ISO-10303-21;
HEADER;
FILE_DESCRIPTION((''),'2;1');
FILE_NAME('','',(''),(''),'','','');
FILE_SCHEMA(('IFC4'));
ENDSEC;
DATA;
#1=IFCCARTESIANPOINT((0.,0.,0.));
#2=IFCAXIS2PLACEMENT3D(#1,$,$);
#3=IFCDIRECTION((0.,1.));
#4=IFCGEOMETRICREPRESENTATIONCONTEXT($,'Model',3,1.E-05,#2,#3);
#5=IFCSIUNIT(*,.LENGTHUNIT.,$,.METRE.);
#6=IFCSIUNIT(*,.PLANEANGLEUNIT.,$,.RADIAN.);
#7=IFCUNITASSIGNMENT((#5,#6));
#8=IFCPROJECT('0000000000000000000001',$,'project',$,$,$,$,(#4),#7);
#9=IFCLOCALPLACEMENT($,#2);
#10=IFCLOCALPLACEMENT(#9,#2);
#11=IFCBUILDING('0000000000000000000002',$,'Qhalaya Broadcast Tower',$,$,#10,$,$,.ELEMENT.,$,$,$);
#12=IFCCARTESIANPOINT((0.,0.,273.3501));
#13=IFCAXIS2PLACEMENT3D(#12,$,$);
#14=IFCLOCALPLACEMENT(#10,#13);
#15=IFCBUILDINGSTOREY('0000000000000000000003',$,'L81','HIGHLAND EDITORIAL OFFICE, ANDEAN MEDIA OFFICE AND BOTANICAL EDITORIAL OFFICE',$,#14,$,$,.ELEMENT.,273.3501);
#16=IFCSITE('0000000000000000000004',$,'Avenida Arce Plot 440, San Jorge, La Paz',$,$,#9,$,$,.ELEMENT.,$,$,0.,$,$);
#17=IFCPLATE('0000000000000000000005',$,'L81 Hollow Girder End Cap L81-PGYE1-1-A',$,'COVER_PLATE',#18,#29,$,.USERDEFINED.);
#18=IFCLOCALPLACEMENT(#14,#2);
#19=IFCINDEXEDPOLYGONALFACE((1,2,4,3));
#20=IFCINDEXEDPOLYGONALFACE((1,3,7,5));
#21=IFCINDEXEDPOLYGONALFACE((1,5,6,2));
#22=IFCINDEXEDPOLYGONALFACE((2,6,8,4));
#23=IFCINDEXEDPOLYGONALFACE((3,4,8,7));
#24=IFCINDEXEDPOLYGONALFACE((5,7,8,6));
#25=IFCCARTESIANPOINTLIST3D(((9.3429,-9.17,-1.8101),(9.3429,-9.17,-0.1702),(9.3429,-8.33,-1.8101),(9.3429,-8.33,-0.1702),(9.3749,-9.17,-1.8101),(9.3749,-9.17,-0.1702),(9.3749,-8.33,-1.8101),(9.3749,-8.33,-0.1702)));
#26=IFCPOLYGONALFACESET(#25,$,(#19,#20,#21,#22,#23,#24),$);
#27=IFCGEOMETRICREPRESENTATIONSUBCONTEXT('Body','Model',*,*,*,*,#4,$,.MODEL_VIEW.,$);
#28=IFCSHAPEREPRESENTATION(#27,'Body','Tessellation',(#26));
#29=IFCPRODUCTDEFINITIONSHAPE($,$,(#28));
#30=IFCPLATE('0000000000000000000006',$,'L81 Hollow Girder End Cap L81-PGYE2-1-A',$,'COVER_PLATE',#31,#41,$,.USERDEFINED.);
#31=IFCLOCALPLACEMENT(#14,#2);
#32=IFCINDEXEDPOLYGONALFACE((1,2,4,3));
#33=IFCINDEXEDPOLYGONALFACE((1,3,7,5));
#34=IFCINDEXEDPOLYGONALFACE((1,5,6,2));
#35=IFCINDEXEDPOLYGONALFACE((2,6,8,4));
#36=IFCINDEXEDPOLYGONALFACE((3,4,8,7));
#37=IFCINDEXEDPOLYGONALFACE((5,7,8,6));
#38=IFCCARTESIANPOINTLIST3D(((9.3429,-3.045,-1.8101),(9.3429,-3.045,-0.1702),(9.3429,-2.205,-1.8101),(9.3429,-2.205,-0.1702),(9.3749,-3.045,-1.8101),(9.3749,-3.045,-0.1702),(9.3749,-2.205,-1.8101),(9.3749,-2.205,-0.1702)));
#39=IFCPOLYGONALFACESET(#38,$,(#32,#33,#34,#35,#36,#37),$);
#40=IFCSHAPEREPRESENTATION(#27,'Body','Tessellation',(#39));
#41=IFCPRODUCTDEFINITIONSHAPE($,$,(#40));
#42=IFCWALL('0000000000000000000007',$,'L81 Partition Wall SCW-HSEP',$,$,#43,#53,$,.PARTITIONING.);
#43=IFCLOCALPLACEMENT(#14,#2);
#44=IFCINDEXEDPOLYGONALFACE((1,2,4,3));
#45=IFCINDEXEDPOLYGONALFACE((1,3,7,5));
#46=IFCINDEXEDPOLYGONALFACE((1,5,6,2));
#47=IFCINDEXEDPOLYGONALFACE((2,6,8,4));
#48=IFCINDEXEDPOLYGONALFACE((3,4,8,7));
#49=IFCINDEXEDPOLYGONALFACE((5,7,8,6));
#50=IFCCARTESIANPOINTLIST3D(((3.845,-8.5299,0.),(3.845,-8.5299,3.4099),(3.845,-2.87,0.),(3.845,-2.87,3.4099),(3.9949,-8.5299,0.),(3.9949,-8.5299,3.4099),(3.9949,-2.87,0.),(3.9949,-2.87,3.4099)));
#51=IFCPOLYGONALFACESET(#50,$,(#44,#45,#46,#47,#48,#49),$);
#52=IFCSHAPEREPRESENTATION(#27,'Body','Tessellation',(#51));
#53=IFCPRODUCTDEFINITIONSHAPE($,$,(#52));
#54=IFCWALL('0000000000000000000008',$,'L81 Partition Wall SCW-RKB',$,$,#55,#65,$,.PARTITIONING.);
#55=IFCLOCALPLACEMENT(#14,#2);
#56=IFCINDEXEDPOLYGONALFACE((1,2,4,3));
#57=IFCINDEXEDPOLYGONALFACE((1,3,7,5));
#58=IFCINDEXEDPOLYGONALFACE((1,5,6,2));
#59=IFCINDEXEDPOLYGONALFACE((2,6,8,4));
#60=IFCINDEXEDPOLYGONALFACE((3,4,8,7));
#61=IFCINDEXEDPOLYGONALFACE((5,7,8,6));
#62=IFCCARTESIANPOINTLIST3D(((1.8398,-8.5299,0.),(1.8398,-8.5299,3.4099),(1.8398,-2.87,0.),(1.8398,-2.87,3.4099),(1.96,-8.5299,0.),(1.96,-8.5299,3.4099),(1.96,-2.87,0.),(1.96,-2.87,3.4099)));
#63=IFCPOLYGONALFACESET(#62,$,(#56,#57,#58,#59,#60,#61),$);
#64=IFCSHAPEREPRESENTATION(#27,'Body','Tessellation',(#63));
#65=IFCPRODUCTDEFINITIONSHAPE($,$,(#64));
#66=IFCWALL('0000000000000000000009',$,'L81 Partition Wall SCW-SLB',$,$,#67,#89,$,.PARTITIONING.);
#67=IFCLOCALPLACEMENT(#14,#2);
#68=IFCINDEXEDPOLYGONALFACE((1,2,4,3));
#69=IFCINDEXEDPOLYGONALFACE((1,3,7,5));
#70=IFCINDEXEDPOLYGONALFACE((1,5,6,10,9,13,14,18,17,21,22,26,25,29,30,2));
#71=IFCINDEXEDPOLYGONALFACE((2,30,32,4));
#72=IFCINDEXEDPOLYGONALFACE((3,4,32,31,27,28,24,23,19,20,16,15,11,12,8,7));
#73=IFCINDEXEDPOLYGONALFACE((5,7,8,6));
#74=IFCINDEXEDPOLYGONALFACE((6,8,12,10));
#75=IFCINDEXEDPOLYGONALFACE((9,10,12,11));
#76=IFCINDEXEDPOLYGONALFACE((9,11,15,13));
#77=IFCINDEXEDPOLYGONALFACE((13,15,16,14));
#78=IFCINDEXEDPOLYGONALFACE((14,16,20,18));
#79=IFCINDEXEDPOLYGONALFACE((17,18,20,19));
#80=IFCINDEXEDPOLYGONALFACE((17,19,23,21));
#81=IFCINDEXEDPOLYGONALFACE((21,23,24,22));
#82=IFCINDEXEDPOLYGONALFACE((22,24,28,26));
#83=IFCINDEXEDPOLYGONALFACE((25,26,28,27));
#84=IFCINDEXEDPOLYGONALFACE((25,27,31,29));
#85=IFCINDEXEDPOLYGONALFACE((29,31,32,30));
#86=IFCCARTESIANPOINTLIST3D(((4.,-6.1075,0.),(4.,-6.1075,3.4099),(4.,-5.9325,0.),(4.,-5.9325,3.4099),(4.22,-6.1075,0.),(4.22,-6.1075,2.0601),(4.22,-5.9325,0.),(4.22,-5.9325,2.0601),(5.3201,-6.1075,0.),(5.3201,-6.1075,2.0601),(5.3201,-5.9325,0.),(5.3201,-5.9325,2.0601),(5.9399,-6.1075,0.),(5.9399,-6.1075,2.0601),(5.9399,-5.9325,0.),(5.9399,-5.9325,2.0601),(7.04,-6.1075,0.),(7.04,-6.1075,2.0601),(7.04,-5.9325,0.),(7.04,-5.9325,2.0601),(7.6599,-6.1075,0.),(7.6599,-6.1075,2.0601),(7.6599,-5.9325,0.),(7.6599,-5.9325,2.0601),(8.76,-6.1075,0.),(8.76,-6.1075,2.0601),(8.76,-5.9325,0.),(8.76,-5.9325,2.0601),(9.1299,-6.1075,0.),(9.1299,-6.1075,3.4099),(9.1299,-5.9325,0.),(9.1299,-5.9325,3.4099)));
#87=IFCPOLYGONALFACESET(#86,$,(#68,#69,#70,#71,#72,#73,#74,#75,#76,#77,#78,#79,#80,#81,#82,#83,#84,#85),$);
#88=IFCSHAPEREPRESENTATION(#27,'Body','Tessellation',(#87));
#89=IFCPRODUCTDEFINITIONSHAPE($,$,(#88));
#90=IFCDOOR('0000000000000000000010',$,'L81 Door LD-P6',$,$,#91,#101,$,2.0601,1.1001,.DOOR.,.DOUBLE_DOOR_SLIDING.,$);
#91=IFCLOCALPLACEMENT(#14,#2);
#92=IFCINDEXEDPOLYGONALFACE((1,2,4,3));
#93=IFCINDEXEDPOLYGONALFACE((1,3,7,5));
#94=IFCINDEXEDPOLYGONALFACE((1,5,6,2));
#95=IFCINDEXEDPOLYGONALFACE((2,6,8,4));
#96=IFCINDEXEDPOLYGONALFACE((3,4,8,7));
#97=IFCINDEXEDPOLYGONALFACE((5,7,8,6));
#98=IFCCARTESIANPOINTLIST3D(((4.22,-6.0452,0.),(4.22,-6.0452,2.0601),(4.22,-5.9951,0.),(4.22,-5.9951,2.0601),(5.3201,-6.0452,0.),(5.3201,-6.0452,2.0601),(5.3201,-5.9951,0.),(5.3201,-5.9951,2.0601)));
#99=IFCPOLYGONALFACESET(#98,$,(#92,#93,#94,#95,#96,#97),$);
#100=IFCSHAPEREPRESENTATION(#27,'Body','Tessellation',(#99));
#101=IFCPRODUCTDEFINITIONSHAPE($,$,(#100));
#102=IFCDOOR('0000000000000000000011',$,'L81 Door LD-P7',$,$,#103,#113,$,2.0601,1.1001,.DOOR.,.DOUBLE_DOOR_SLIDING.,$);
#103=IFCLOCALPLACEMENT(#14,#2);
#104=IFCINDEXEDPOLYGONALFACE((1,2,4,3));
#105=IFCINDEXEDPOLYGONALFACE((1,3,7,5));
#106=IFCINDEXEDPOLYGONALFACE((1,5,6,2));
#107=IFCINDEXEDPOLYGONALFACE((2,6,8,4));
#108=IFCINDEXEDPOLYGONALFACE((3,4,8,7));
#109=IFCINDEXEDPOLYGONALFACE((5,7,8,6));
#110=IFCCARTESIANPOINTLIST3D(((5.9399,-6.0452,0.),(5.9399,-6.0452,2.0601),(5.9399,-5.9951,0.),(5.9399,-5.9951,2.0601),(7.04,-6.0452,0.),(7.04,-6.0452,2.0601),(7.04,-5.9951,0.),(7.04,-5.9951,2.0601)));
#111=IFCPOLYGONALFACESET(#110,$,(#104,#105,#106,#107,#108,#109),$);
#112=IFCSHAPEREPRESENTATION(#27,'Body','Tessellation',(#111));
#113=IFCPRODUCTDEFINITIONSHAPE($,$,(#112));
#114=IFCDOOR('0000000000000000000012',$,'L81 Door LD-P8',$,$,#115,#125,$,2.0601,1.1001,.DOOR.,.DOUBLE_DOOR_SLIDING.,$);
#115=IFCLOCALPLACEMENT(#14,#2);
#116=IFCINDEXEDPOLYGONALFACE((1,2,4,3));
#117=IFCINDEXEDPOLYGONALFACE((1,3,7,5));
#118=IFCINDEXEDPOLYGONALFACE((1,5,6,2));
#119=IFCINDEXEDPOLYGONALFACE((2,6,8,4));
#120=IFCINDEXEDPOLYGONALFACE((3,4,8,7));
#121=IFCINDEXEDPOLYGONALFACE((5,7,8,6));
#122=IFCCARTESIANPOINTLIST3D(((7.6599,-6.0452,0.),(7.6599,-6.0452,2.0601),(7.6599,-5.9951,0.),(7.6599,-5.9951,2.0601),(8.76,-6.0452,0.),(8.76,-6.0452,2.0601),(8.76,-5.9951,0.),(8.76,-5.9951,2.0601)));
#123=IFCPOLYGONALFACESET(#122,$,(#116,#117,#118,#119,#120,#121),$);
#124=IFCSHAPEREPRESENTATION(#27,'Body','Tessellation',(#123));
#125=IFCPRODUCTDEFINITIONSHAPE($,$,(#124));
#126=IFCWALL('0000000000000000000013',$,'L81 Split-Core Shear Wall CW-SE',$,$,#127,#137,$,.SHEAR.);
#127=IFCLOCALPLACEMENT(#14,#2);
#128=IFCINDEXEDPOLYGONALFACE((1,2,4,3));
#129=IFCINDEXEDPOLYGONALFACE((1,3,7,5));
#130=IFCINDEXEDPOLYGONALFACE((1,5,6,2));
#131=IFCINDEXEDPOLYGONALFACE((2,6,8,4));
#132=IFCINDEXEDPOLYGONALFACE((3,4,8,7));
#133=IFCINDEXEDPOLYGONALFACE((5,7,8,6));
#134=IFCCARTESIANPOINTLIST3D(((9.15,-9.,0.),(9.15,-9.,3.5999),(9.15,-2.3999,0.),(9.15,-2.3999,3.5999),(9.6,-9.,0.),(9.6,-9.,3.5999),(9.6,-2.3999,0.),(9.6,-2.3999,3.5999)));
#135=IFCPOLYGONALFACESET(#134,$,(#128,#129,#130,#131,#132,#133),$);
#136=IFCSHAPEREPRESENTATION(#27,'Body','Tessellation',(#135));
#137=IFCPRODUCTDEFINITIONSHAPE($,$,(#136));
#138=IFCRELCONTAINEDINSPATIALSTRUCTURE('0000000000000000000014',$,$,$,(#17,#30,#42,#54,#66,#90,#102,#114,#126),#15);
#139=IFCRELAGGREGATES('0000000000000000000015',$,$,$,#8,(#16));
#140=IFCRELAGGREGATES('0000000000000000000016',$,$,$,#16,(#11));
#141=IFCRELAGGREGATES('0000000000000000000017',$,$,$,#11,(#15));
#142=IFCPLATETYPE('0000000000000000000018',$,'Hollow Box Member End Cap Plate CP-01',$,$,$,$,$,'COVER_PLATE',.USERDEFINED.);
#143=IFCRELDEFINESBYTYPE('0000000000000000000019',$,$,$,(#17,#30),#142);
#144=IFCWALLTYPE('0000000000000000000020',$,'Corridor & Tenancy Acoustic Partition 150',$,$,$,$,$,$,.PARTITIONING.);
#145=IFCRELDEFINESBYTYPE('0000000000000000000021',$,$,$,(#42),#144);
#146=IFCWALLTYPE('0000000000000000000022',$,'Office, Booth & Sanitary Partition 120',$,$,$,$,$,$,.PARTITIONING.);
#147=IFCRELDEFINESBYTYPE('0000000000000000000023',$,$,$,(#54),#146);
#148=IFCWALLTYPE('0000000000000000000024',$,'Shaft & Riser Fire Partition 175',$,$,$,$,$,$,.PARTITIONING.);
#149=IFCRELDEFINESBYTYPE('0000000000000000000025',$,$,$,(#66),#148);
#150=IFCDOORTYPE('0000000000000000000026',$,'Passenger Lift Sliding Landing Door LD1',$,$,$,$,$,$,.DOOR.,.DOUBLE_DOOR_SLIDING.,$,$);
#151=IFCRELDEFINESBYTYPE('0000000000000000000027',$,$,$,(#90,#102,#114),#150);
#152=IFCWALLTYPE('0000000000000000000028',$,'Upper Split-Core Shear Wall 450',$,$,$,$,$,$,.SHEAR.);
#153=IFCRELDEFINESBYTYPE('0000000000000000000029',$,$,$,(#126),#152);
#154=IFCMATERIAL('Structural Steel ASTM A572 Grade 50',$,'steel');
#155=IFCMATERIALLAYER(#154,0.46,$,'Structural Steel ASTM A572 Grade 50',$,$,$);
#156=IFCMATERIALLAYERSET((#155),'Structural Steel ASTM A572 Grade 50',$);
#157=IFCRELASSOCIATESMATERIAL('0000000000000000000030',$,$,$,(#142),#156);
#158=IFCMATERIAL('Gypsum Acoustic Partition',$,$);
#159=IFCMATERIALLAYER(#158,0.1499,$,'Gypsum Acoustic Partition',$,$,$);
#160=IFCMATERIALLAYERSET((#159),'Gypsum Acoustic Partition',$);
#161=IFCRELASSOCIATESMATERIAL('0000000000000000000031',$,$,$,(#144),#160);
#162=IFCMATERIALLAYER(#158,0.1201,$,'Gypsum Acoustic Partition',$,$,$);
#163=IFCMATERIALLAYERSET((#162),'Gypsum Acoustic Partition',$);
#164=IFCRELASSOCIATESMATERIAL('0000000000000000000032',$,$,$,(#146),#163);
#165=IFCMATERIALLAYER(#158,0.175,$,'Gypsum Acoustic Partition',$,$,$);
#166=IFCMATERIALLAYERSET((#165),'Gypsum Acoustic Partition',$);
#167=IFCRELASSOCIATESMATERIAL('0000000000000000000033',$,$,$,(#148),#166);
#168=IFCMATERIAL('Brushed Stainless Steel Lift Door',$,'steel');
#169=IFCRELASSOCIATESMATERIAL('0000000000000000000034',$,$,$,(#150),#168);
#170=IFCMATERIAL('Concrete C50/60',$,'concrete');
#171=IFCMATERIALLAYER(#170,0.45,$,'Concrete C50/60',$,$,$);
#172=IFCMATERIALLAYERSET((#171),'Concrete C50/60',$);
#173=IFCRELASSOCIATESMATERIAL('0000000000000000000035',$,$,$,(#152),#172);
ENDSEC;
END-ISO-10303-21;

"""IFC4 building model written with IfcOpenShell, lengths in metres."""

from ifc_helpers import new_model, si_unit, direction, frame, frame_2d, origin, origin_2d, place, context, subcontext, project, spatial, rectangle, extrude, material, layer, layer_set, type_object, element, fill, save


model = new_model("IFC4")

# Units and contexts
model_context = context("Model", 3, precision=1e-05, world=origin(), true_north=direction((0.0, 1.0)))
body_context = subcontext(model_context, "Body", "Model", "MODEL_VIEW")
ifc_project = project(units=[si_unit("LENGTHUNIT", "METRE"), si_unit("PLANEANGLEUNIT", "RADIAN")], contexts=[model_context])

# Site, building, storey
site_placement = place(None, origin())
site = spatial("IfcSite", under=ifc_project, at=site_placement, Name="Avenida Arce Plot 440, San Jorge, La Paz", CompositionType="ELEMENT", RefElevation=0.0)
building_placement = place(site_placement, origin())
building = spatial("IfcBuilding", under=site, at=building_placement, Name="Qhalaya Broadcast Tower", CompositionType="ELEMENT")
storey_placement = place(building_placement, frame((0.0, 0.0, 273.3501)))
storey = spatial("IfcBuildingStorey", under=building, at=storey_placement, Name="L81", Description="HIGHLAND EDITORIAL OFFICE, ANDEAN MEDIA OFFICE AND BOTANICAL EDITORIAL OFFICE", CompositionType="ELEMENT", Elevation=273.3501)

# Shared definitions
ifc_material_1 = material(Name="Concrete C50/60", Category="concrete")

# Shared definitions
ifc_material_2 = material(Name="Structural Steel ASTM A572 Grade 50", Category="steel")

# Plates
ifc_layer_1 = layer(ifc_material_2, 0.46, Name="Structural Steel ASTM A572 Grade 50")
ifc_layer_set_1 = layer_set([ifc_layer_1], Name="Structural Steel ASTM A572 Grade 50")
plate_type = type_object("IfcPlateType", Name="Hollow Box Member End Cap Plate CP-01", ElementType="COVER_PLATE", PredefinedType="USERDEFINED", material=ifc_layer_set_1)
for number, where, z_axis, x_axis, name in (
    (1, (9.3589, -8.75, -1.8101), (0.0, 0.0, 1.0), (0.0, 1.0, 0.0), "L81 Hollow Girder End Cap L81-PGYE1-1-A"),
    (2, (9.3589, -2.625, -1.8101), (0.0, 0.0, 1.0), (0.0, 1.0, 0.0), "L81 Hollow Girder End Cap L81-PGYE2-1-A"),
):
    element("IfcPlate", number, at=place(storey_placement, frame(where, z_axis=z_axis, x_axis=x_axis)), inside=storey, type_object=plate_type, Name=name, ObjectType="COVER_PLATE", PredefinedType="USERDEFINED", context=body_context, shape_type="SweptSolid", body=[
        extrude(rectangle(XDim=0.8401, YDim=0.032, at=origin_2d()), origin(), (0.0, 0.0, 1.0), 1.6399),
    ])

# Walls
ifc_material_3 = material(Name="Gypsum Acoustic Partition")
ifc_layer_2 = layer(ifc_material_3, 0.1499, Name="Gypsum Acoustic Partition")
ifc_layer_set_2 = layer_set([ifc_layer_2], Name="Gypsum Acoustic Partition")
wall_type_1 = type_object("IfcWallType", Name="Corridor & Tenancy Acoustic Partition 150", PredefinedType="PARTITIONING", material=ifc_layer_set_2)
wall_1_placement = place(storey_placement, frame((3.9199, -8.53, 0.0), z_axis=(0.0, 0.0, 1.0), x_axis=(0.0, 1.0, 0.0)))
element("IfcWall", 3, at=wall_1_placement, inside=storey, type_object=wall_type_1, Name="L81 Partition Wall SCW-HSEP", PredefinedType="PARTITIONING", context=body_context, shape_type="SweptSolid", body=[
    extrude(rectangle(XDim=5.6599, YDim=0.1499, at=frame_2d((2.8301, 0.0))), origin(), (0.0, 0.0, 1.0), 3.4099),
])
ifc_layer_3 = layer(ifc_material_3, 0.1201, Name="Gypsum Acoustic Partition")
ifc_layer_set_3 = layer_set([ifc_layer_3], Name="Gypsum Acoustic Partition")
wall_type_2 = type_object("IfcWallType", Name="Office, Booth & Sanitary Partition 120", PredefinedType="PARTITIONING", material=ifc_layer_set_3)
wall_2_placement = place(storey_placement, frame((1.8999, -8.53, 0.0), z_axis=(0.0, 0.0, 1.0), x_axis=(0.0, 1.0, 0.0)))
element("IfcWall", 4, at=wall_2_placement, inside=storey, type_object=wall_type_2, Name="L81 Partition Wall SCW-RKB", PredefinedType="PARTITIONING", context=body_context, shape_type="SweptSolid", body=[
    extrude(rectangle(XDim=5.6599, YDim=0.1201, at=frame_2d((2.8301, 0.0))), origin(), (0.0, 0.0, 1.0), 3.4099),
])

# Wall, openings, doors
ifc_layer_4 = layer(ifc_material_3, 0.175, Name="Gypsum Acoustic Partition")
ifc_layer_set_4 = layer_set([ifc_layer_4], Name="Gypsum Acoustic Partition")
wall_type_3 = type_object("IfcWallType", Name="Shaft & Riser Fire Partition 175", PredefinedType="PARTITIONING", material=ifc_layer_set_4)
wall_3_placement = place(storey_placement, frame((4.0, -6.02, 0.0), z_axis=(0.0, 0.0, 1.0), x_axis=(1.0, 0.0, 0.0)))
wall_3 = element("IfcWall", 5, at=wall_3_placement, inside=storey, type_object=wall_type_3, Name="L81 Partition Wall SCW-SLB", PredefinedType="PARTITIONING", context=body_context, shape_type="SweptSolid", body=[
    extrude(rectangle(XDim=5.1299, YDim=0.175, at=frame_2d((2.5649, 0.0))), origin(), (0.0, 0.0, 1.0), 3.4099),
])
opening_1_placement = place(wall_3_placement, frame((0.22, 0.0, 0.0)))
opening_1 = element("IfcOpeningElement", 6, at=opening_1_placement, cuts=wall_3, PredefinedType="OPENING", context=body_context, shape_type="SweptSolid", body=[
    extrude(rectangle(XDim=1.1001, YDim=2.0601, at=frame_2d((0.55, 1.03))), frame((0.0, 0.0996, 0.0), z_axis=(0.0, -1.0, 0.0), x_axis=(1.0, 0.0, 0.0)), (0.0, 0.0, 1.0), 0.199),
])
opening_2_placement = place(wall_3_placement, frame((1.9399, 0.0, 0.0)))
opening_2 = element("IfcOpeningElement", 7, at=opening_2_placement, cuts=wall_3, PredefinedType="OPENING", context=body_context, shape_type="SweptSolid", body=[
    extrude(rectangle(XDim=1.1001, YDim=2.0601, at=frame_2d((0.55, 1.03))), frame((0.0, 0.0996, 0.0), z_axis=(0.0, -1.0, 0.0), x_axis=(1.0, 0.0, 0.0)), (0.0, 0.0, 1.0), 0.199),
])
opening_3_placement = place(wall_3_placement, frame((3.6599, 0.0, 0.0)))
opening_3 = element("IfcOpeningElement", 8, at=opening_3_placement, cuts=wall_3, PredefinedType="OPENING", context=body_context, shape_type="SweptSolid", body=[
    extrude(rectangle(XDim=1.1001, YDim=2.0601, at=frame_2d((0.55, 1.03))), frame((0.0, 0.0996, 0.0), z_axis=(0.0, -1.0, 0.0), x_axis=(1.0, 0.0, 0.0)), (0.0, 0.0, 1.0), 0.199),
])
ifc_material_4 = material(Name="Brushed Stainless Steel Lift Door", Category="steel")
door_type = type_object("IfcDoorType", Name="Passenger Lift Sliding Landing Door LD1", OperationType="DOUBLE_DOOR_SLIDING", PredefinedType="DOOR", material=ifc_material_4)
door_1_placement = place(opening_1_placement, origin())
door_1 = element("IfcDoor", 9, at=door_1_placement, inside=storey, type_object=door_type, Name="L81 Door LD-P6", OperationType="DOUBLE_DOOR_SLIDING", OverallHeight=2.0601, OverallWidth=1.1001, PredefinedType="DOOR", context=body_context, shape_type="SweptSolid", body=[
    extrude(rectangle(XDim=1.1001, YDim=2.0601, at=frame_2d((0.55, 1.03))), frame((0.0, 0.0249, 0.0), z_axis=(0.0, -1.0, 0.0), x_axis=(1.0, 0.0, 0.0)), (0.0, 0.0, 1.0), 0.05),
])
fill(opening_1, door_1)
door_2_placement = place(opening_2_placement, origin())
door_2 = element("IfcDoor", 10, at=door_2_placement, inside=storey, type_object=door_type, Name="L81 Door LD-P7", OperationType="DOUBLE_DOOR_SLIDING", OverallHeight=2.0601, OverallWidth=1.1001, PredefinedType="DOOR", context=body_context, shape_type="SweptSolid", body=[
    extrude(rectangle(XDim=1.1001, YDim=2.0601, at=frame_2d((0.55, 1.03))), frame((0.0, 0.0249, 0.0), z_axis=(0.0, -1.0, 0.0), x_axis=(1.0, 0.0, 0.0)), (0.0, 0.0, 1.0), 0.05),
])
fill(opening_2, door_2)
door_3_placement = place(opening_3_placement, origin())
door_3 = element("IfcDoor", 11, at=door_3_placement, inside=storey, type_object=door_type, Name="L81 Door LD-P8", OperationType="DOUBLE_DOOR_SLIDING", OverallHeight=2.0601, OverallWidth=1.1001, PredefinedType="DOOR", context=body_context, shape_type="SweptSolid", body=[
    extrude(rectangle(XDim=1.1001, YDim=2.0601, at=frame_2d((0.55, 1.03))), frame((0.0, 0.0249, 0.0), z_axis=(0.0, -1.0, 0.0), x_axis=(1.0, 0.0, 0.0)), (0.0, 0.0, 1.0), 0.05),
])
fill(opening_3, door_3)

# Wall
ifc_layer_5 = layer(ifc_material_1, 0.45, Name="Concrete C50/60")
ifc_layer_set_5 = layer_set([ifc_layer_5], Name="Concrete C50/60")
wall_type_4 = type_object("IfcWallType", Name="Upper Split-Core Shear Wall 450", PredefinedType="SHEAR", material=ifc_layer_set_5)
wall_4_placement = place(storey_placement, frame((9.375, -9.0, 0.0), z_axis=(0.0, 0.0, 1.0), x_axis=(0.0, 1.0, 0.0)))
element("IfcWall", 12, at=wall_4_placement, inside=storey, type_object=wall_type_4, Name="L81 Split-Core Shear Wall CW-SE", PredefinedType="SHEAR", context=body_context, shape_type="SweptSolid", body=[
    extrude(rectangle(XDim=6.6001, YDim=0.45, at=frame_2d((3.3, 0.0))), origin(), (0.0, 0.0, 1.0), 3.5999),
])

save(model, "model.ifc")
